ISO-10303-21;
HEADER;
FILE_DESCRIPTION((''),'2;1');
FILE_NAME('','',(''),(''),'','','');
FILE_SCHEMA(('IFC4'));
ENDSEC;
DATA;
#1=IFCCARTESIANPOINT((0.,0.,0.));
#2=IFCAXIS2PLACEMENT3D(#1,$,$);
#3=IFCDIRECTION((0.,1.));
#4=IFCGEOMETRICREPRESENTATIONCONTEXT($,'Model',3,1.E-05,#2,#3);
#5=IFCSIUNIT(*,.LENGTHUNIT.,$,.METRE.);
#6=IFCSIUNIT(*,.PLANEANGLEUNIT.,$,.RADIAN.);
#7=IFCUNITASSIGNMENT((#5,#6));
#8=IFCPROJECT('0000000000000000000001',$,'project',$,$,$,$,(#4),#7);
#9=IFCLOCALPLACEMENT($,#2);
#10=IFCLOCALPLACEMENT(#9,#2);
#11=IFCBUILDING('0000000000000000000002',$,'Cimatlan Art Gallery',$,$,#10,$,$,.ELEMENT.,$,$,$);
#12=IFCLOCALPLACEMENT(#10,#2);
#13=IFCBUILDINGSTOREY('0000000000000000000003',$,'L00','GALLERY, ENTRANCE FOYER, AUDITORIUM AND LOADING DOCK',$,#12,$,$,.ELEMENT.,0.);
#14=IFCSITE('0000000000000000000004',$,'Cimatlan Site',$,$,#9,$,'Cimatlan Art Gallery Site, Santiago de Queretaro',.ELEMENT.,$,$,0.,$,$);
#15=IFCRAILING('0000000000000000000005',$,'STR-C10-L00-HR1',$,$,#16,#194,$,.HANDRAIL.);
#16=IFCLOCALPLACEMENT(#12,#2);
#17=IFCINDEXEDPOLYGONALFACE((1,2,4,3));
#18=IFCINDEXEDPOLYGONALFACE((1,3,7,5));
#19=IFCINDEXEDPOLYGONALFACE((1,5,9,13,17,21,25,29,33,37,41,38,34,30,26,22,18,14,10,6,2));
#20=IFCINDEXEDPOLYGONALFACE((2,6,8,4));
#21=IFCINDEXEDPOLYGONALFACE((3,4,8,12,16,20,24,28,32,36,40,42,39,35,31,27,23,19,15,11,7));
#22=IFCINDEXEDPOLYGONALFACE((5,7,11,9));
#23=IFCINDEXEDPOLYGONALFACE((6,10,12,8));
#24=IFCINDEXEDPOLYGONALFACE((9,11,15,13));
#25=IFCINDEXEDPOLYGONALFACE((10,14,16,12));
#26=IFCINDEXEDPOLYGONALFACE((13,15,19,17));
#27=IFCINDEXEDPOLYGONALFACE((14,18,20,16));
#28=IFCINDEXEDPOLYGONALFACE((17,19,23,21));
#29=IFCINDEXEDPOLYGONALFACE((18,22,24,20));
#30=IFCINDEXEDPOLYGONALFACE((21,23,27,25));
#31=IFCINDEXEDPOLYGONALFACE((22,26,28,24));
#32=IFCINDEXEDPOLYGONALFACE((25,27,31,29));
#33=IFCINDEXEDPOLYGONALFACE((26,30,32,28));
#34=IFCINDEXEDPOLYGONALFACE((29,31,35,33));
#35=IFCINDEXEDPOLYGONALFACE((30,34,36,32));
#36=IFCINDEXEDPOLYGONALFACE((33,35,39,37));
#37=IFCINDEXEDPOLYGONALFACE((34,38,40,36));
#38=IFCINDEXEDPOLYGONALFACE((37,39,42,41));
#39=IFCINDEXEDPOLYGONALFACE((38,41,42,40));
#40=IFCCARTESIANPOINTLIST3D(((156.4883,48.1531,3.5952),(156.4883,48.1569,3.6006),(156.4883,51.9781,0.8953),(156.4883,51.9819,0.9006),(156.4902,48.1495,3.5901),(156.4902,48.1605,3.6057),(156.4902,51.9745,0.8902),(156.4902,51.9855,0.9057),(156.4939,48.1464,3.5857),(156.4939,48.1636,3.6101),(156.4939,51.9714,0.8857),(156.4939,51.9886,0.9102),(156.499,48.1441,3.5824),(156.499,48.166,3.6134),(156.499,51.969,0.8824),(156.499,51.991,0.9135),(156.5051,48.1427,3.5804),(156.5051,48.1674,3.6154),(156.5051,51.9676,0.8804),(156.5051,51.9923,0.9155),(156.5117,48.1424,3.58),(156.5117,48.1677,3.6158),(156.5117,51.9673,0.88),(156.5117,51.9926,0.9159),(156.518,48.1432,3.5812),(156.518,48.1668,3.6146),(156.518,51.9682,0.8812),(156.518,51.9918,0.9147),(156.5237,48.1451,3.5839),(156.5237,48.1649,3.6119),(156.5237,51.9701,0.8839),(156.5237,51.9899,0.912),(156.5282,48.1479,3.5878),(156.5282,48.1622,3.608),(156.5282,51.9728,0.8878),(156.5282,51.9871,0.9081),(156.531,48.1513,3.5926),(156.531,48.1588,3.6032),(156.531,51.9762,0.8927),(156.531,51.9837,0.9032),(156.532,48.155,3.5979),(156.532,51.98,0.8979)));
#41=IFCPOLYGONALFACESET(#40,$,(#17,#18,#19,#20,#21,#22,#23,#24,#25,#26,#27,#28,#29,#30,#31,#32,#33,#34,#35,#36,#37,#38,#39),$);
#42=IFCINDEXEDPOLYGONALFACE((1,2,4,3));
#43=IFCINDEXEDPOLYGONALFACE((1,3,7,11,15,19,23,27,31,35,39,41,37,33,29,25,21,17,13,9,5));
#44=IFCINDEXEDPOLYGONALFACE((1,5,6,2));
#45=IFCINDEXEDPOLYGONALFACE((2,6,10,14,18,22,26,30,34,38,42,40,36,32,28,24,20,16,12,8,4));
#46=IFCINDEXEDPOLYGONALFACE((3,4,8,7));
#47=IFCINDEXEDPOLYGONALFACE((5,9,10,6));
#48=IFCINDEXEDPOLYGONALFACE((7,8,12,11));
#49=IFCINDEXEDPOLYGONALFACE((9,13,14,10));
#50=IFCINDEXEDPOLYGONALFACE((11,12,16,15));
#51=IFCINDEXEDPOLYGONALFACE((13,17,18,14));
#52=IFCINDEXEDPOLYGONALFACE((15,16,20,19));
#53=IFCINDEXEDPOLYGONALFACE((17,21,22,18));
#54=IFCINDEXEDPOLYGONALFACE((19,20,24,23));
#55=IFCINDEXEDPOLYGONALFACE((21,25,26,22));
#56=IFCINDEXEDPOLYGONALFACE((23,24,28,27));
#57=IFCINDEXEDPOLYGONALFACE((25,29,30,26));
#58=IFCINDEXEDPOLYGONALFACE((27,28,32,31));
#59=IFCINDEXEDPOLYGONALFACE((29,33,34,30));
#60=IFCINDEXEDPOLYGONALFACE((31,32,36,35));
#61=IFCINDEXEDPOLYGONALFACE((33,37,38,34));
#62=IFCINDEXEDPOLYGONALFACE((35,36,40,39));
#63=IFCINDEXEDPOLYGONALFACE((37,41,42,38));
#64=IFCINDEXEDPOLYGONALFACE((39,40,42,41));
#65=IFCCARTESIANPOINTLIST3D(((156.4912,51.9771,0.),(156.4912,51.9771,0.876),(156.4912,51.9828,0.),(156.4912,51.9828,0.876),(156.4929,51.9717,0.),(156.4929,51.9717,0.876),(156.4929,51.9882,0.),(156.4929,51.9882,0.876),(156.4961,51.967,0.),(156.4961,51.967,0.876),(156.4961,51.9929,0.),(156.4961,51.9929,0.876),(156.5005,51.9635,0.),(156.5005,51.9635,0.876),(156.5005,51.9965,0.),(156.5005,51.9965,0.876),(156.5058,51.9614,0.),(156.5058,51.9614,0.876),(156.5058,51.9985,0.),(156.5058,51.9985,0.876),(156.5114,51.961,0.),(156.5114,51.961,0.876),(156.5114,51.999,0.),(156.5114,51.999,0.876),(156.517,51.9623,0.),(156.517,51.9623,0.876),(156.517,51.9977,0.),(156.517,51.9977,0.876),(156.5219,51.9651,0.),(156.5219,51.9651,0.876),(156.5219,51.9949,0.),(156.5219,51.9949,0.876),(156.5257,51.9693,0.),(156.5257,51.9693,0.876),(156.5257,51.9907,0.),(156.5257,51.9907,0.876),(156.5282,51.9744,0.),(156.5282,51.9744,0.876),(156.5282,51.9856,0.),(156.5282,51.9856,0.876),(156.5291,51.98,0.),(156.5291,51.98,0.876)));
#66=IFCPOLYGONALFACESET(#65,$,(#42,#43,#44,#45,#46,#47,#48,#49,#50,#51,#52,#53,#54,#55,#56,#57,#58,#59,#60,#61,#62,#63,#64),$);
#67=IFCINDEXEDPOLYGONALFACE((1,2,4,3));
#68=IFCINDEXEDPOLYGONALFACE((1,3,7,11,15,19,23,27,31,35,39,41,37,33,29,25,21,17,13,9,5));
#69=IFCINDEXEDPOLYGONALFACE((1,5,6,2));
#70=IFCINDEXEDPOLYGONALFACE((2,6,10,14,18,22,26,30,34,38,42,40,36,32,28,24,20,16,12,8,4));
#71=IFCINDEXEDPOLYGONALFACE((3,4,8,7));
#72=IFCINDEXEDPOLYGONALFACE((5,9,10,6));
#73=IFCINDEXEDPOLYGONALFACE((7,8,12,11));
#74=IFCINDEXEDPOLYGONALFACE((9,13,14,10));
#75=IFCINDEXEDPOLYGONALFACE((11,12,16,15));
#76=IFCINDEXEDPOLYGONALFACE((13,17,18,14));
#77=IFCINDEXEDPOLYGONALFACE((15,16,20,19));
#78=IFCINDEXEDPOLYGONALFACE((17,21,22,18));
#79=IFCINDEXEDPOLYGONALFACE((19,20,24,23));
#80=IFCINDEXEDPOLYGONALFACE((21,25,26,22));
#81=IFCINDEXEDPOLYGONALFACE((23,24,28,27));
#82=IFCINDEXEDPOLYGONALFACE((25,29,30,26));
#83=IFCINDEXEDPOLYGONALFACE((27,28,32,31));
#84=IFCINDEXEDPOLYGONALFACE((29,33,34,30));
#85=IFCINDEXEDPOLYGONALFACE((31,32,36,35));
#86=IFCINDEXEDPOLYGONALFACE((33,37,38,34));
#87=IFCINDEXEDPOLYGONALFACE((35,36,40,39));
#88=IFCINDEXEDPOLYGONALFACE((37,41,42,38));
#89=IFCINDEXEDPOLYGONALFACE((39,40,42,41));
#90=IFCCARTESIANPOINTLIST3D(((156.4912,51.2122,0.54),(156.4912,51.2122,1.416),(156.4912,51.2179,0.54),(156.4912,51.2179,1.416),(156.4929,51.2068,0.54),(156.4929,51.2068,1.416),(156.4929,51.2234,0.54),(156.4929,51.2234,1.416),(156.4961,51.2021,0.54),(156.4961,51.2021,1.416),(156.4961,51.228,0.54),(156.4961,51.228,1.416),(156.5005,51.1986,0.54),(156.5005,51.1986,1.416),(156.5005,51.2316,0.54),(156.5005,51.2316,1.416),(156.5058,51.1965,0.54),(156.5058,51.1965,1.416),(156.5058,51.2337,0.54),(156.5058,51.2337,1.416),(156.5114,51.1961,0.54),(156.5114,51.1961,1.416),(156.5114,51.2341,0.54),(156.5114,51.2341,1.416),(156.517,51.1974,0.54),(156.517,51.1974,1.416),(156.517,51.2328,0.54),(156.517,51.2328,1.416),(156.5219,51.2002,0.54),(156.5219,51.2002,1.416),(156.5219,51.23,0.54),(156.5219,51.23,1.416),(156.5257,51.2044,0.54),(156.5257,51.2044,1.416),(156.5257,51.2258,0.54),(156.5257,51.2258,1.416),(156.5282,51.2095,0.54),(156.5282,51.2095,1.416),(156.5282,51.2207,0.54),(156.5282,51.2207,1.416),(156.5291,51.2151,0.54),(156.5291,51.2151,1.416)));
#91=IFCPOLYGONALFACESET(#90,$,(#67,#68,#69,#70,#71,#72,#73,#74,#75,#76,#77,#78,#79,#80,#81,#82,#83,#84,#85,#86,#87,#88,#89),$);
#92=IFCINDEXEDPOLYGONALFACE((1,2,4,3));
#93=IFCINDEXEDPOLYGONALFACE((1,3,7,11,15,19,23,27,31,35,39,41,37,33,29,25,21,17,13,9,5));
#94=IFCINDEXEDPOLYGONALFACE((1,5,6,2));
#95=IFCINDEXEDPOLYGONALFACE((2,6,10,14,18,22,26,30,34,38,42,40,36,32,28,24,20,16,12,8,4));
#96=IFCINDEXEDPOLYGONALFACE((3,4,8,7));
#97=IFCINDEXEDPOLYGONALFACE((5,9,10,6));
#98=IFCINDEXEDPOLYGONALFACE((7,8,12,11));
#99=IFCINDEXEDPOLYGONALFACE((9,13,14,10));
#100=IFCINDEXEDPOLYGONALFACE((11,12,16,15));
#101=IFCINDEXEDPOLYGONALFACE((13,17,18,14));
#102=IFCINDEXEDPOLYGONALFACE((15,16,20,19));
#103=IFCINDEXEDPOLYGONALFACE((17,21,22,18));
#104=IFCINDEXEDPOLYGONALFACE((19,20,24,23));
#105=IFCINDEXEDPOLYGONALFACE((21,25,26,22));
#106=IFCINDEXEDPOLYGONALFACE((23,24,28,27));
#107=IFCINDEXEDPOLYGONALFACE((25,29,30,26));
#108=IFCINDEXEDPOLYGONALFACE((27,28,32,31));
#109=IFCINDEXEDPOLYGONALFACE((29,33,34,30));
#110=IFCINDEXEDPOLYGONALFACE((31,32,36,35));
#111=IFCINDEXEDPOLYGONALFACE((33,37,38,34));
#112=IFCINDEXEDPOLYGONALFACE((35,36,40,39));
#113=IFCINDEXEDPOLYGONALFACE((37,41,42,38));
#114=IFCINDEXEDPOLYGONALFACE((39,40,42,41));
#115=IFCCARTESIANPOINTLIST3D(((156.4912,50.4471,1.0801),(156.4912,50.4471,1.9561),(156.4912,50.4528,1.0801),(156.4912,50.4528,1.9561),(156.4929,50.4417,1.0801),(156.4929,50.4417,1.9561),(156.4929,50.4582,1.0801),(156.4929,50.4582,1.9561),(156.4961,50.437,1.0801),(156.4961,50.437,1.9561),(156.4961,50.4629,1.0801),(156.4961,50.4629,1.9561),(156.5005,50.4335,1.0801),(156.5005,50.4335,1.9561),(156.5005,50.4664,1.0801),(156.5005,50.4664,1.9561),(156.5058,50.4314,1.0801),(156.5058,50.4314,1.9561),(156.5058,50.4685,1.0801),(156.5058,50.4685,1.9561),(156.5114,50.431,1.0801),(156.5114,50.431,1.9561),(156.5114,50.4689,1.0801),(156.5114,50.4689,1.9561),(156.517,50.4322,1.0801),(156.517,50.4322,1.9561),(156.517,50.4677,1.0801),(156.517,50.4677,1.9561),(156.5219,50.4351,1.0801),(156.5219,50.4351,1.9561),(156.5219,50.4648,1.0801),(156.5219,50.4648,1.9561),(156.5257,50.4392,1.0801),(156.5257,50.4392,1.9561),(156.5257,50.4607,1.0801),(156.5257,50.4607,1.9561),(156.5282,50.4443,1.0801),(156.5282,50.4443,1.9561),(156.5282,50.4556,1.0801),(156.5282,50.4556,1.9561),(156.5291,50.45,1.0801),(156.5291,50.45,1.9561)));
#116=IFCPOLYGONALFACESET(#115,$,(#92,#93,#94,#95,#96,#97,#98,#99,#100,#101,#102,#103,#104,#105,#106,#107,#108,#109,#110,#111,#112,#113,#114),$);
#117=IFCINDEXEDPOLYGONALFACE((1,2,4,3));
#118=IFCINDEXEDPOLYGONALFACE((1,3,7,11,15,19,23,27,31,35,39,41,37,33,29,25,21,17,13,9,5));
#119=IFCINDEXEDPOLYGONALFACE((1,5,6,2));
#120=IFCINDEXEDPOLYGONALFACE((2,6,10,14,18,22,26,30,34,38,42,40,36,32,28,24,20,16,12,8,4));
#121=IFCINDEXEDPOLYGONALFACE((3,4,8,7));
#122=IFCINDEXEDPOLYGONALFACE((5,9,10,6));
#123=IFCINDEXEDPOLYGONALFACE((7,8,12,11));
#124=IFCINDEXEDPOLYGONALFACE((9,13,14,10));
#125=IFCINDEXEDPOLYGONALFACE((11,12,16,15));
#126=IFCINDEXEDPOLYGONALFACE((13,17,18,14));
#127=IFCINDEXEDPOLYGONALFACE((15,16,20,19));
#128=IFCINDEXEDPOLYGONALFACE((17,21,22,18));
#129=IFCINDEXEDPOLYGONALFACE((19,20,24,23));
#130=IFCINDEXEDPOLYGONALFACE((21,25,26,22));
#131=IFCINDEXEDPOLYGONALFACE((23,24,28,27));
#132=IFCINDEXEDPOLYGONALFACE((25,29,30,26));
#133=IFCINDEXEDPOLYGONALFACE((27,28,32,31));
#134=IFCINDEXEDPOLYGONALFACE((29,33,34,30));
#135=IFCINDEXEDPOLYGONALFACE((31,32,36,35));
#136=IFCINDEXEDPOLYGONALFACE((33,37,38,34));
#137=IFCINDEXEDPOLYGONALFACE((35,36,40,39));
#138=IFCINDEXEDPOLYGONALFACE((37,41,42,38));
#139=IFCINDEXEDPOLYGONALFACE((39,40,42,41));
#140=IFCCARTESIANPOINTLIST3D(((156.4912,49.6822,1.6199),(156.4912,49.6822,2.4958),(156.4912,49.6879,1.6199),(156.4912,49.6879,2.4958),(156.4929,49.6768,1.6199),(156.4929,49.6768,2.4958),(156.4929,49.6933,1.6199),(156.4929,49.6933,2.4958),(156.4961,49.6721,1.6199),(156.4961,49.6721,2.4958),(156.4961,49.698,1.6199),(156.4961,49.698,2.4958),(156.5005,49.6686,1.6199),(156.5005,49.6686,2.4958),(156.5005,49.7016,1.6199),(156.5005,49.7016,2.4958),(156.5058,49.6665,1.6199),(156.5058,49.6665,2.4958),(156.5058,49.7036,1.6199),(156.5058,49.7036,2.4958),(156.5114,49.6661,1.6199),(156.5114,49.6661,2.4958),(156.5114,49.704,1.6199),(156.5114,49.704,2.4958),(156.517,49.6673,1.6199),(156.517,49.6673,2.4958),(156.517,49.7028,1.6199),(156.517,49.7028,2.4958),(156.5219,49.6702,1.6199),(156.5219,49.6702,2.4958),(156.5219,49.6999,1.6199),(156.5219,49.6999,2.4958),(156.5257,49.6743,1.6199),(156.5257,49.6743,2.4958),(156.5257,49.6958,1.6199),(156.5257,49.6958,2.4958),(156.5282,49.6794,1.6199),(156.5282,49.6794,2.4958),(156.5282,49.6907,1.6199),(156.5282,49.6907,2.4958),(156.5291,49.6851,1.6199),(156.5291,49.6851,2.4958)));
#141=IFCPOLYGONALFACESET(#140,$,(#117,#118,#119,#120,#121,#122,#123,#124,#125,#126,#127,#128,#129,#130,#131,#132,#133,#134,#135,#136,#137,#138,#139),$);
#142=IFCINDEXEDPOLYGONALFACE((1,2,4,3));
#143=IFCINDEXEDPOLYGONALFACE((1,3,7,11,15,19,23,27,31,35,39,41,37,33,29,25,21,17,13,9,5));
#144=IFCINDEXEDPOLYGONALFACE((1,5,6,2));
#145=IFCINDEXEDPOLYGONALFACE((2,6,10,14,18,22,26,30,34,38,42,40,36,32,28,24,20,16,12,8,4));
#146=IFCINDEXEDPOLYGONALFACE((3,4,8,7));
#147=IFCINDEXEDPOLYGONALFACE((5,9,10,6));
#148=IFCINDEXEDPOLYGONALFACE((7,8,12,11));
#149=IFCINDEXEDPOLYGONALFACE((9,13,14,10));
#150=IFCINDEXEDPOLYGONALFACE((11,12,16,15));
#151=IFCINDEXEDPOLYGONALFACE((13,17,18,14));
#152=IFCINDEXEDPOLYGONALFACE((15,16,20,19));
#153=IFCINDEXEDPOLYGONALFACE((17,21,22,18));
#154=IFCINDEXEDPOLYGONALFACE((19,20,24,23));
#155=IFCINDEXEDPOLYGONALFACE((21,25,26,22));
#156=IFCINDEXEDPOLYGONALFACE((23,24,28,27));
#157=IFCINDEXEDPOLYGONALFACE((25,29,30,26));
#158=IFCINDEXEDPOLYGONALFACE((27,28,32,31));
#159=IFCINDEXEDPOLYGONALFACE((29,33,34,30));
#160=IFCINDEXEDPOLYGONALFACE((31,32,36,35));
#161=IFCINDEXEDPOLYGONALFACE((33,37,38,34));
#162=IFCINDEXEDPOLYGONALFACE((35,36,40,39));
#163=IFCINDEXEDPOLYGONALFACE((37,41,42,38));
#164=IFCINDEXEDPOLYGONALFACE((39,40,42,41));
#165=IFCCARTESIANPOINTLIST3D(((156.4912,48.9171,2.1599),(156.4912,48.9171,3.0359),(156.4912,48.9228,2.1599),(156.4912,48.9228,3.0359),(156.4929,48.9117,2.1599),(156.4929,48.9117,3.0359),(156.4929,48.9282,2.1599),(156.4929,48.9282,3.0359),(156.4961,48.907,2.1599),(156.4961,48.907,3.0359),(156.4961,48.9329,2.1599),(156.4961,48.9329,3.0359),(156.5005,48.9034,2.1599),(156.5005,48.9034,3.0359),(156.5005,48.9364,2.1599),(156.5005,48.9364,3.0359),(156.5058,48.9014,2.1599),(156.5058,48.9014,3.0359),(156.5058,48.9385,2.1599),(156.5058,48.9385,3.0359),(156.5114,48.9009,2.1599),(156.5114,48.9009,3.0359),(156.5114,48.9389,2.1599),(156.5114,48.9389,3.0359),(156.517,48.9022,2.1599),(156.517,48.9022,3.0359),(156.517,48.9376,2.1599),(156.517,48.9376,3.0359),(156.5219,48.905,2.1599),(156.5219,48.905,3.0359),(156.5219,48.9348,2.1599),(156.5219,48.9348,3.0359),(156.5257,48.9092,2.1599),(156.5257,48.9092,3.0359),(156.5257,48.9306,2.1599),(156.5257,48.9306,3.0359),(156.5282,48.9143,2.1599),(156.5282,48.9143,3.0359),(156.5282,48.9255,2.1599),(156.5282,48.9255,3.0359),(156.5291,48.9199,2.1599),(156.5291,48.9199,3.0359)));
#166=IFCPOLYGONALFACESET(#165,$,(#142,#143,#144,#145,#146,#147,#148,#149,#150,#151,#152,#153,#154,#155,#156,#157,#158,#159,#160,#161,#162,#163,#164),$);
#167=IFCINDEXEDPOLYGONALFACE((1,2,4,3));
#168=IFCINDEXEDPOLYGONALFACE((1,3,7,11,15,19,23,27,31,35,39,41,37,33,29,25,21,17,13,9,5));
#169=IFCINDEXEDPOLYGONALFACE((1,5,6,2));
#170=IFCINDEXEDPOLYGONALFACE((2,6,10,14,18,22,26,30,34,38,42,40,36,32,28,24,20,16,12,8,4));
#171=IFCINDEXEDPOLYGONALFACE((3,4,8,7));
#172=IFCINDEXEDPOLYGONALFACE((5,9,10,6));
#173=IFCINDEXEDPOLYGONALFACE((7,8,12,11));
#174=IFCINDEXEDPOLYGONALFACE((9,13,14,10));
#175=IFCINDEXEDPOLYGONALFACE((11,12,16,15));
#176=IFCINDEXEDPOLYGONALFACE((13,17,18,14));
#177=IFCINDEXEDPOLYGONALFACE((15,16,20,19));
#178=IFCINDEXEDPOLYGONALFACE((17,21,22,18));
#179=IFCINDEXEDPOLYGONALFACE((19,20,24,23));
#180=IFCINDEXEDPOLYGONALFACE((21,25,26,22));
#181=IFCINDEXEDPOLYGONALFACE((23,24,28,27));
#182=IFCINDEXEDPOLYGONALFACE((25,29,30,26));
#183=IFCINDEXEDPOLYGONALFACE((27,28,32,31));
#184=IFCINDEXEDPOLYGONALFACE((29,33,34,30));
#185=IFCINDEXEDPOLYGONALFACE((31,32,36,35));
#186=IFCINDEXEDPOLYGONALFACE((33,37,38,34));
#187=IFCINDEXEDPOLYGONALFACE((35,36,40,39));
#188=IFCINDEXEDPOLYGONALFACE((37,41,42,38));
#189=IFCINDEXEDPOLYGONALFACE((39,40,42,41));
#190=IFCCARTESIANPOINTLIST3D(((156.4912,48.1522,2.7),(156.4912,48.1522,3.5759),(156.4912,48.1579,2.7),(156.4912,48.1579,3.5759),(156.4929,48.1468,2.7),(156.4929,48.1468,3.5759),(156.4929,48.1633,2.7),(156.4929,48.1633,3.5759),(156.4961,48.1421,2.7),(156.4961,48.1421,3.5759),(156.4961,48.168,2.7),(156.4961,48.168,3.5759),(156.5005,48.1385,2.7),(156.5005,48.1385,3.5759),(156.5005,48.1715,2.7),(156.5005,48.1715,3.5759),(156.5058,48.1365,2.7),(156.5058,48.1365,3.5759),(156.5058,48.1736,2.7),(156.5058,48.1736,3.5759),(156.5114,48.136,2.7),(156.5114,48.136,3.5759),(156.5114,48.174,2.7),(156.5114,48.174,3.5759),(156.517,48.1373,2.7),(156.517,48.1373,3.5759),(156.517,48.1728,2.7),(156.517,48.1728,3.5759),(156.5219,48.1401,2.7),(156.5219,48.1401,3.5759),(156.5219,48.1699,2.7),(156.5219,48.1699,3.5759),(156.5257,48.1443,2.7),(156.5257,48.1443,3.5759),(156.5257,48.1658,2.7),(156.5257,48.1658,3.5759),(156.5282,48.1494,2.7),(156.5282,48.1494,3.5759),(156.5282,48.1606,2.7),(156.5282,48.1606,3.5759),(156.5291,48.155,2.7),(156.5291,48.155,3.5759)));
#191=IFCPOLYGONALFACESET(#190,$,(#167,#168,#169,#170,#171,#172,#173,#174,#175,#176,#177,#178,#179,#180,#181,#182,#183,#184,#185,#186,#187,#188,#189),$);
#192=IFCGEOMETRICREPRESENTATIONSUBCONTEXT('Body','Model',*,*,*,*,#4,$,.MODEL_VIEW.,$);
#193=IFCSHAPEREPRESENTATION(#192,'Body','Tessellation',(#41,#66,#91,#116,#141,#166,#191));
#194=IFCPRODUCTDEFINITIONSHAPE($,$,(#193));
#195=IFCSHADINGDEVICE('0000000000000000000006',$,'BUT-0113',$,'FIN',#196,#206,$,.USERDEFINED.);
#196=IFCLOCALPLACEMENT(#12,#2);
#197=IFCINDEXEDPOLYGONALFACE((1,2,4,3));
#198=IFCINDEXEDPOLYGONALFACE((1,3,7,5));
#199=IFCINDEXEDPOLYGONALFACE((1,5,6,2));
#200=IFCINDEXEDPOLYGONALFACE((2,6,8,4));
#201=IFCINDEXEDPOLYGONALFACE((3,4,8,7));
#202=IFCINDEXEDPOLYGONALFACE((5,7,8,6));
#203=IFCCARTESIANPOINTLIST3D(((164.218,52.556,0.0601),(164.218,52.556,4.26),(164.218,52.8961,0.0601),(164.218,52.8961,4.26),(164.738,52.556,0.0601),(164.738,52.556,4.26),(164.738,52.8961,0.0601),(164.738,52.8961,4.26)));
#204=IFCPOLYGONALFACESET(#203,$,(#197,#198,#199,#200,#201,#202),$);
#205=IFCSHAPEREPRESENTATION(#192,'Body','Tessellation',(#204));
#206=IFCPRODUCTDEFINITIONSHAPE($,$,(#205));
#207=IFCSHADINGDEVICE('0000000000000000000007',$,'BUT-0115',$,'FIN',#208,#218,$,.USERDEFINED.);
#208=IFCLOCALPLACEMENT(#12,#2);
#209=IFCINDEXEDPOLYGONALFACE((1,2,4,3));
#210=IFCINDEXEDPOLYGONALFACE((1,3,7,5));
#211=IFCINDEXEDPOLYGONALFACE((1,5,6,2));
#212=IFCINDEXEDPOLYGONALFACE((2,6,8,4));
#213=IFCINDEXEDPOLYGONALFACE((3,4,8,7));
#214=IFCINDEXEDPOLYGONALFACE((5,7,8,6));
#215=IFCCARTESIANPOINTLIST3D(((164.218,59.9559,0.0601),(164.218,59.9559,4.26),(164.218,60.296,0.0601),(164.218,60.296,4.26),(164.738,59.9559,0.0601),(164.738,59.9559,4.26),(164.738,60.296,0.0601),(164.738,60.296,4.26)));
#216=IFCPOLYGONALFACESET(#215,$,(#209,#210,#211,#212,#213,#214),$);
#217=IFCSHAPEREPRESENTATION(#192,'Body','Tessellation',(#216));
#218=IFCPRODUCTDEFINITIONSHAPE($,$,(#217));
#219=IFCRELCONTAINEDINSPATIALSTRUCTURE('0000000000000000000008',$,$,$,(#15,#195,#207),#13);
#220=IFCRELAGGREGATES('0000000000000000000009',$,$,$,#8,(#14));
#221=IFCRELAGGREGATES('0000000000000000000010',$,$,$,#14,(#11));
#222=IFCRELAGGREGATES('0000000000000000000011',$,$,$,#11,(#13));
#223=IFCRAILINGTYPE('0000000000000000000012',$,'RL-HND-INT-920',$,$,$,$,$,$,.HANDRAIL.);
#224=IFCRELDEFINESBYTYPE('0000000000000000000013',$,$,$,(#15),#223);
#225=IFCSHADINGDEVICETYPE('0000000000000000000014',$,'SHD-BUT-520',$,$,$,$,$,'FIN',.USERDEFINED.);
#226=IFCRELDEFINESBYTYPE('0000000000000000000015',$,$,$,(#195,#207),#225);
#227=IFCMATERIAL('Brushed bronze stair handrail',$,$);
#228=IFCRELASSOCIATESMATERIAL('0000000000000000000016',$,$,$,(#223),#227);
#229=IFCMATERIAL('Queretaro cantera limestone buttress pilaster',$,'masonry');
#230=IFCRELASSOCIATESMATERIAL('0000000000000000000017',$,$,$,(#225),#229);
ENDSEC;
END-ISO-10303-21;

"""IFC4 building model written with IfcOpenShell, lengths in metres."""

from ifc_helpers import new_model, si_unit, direction, frame, origin, origin_2d, place, context, subcontext, project, spatial, rectangle, circle, extrude, material, type_object, element, save


model = new_model("IFC4")

# Units and contexts
model_context = context("Model", 3, precision=1e-05, world=origin(), true_north=direction((0.0, 1.0)))
body_context = subcontext(model_context, "Body", "Model", "MODEL_VIEW")
ifc_project = project(units=[si_unit("LENGTHUNIT", "METRE"), si_unit("PLANEANGLEUNIT", "RADIAN")], contexts=[model_context])

# Site, building, storey
site_placement = place(None, origin())
site = spatial("IfcSite", under=ifc_project, at=site_placement, Name="Cimatlan Site", LongName="Cimatlan Art Gallery Site, Santiago de Queretaro", CompositionType="ELEMENT", RefElevation=0.0)
building_placement = place(site_placement, origin())
building = spatial("IfcBuilding", under=site, at=building_placement, Name="Cimatlan Art Gallery", CompositionType="ELEMENT")
storey_placement = place(building_placement, origin())
storey = spatial("IfcBuildingStorey", under=building, at=storey_placement, Name="L00", Description="GALLERY, ENTRANCE FOYER, AUDITORIUM AND LOADING DOCK", CompositionType="ELEMENT", Elevation=0.0)

# Railing
ifc_material_1 = material(Name="Brushed bronze stair handrail")
railing_type_1 = type_object("IfcRailingType", Name="RL-HND-INT-920", PredefinedType="HANDRAIL", material=ifc_material_1)
railing_1_placement = place(storey_placement, frame((156.51, 51.98, 0.0)))
element("IfcRailing", 1, at=railing_1_placement, inside=storey, type_object=railing_type_1, Name="STR-C10-L00-HR1", PredefinedType="HANDRAIL", context=body_context, shape_type="SweptSolid", body=[
    extrude(circle(Radius=0.022, at=origin_2d()), frame((0.0, 0.0, 0.8979), z_axis=(0.0, -0.816969, 0.576681), x_axis=(1.0, 0.0, 0.0)), (0.0, 0.0, 1.0), 4.6819),
    extrude(circle(Radius=0.019, at=origin_2d()), origin(), (0.0, 0.0, 1.0), 0.876),
    extrude(circle(Radius=0.019, at=origin_2d()), frame((0.0, -0.7649, 0.54)), (0.0, 0.0, 1.0), 0.876),
    extrude(circle(Radius=0.019, at=origin_2d()), frame((0.0, -1.53, 1.0801)), (0.0, 0.0, 1.0), 0.876),
    extrude(circle(Radius=0.019, at=origin_2d()), frame((0.0, -2.2949, 1.6199)), (0.0, 0.0, 1.0), 0.876),
    extrude(circle(Radius=0.019, at=origin_2d()), frame((0.0, -3.0601, 2.1599)), (0.0, 0.0, 1.0), 0.876),
    extrude(circle(Radius=0.019, at=origin_2d()), frame((0.0, -3.825, 2.7)), (0.0, 0.0, 1.0), 0.876),
])

# Shading devices
ifc_material_2 = material(Name="Queretaro cantera limestone buttress pilaster", Category="masonry")
shading_device_type = type_object("IfcShadingDeviceType", Name="SHD-BUT-520", ElementType="FIN", PredefinedType="USERDEFINED", material=ifc_material_2)
for number, where, z_axis, x_axis, name in (
    (2, (164.478, 52.7261, 0.0601), (0.0, 0.0, 1.0), (0.0, -1.0, 0.0), "BUT-0113"),
    (3, (164.478, 60.126, 0.0601), (0.0, 0.0, 1.0), (0.0, -1.0, 0.0), "BUT-0115"),
):
    element("IfcShadingDevice", number, at=place(storey_placement, frame(where, z_axis=z_axis, x_axis=x_axis)), inside=storey, type_object=shading_device_type, Name=name, ObjectType="FIN", PredefinedType="USERDEFINED", context=body_context, shape_type="SweptSolid", body=[
        extrude(rectangle(XDim=0.3401, YDim=0.52, at=origin_2d()), origin(), (0.0, 0.0, 1.0), 4.2),
    ])

save(model, "model.ifc")
